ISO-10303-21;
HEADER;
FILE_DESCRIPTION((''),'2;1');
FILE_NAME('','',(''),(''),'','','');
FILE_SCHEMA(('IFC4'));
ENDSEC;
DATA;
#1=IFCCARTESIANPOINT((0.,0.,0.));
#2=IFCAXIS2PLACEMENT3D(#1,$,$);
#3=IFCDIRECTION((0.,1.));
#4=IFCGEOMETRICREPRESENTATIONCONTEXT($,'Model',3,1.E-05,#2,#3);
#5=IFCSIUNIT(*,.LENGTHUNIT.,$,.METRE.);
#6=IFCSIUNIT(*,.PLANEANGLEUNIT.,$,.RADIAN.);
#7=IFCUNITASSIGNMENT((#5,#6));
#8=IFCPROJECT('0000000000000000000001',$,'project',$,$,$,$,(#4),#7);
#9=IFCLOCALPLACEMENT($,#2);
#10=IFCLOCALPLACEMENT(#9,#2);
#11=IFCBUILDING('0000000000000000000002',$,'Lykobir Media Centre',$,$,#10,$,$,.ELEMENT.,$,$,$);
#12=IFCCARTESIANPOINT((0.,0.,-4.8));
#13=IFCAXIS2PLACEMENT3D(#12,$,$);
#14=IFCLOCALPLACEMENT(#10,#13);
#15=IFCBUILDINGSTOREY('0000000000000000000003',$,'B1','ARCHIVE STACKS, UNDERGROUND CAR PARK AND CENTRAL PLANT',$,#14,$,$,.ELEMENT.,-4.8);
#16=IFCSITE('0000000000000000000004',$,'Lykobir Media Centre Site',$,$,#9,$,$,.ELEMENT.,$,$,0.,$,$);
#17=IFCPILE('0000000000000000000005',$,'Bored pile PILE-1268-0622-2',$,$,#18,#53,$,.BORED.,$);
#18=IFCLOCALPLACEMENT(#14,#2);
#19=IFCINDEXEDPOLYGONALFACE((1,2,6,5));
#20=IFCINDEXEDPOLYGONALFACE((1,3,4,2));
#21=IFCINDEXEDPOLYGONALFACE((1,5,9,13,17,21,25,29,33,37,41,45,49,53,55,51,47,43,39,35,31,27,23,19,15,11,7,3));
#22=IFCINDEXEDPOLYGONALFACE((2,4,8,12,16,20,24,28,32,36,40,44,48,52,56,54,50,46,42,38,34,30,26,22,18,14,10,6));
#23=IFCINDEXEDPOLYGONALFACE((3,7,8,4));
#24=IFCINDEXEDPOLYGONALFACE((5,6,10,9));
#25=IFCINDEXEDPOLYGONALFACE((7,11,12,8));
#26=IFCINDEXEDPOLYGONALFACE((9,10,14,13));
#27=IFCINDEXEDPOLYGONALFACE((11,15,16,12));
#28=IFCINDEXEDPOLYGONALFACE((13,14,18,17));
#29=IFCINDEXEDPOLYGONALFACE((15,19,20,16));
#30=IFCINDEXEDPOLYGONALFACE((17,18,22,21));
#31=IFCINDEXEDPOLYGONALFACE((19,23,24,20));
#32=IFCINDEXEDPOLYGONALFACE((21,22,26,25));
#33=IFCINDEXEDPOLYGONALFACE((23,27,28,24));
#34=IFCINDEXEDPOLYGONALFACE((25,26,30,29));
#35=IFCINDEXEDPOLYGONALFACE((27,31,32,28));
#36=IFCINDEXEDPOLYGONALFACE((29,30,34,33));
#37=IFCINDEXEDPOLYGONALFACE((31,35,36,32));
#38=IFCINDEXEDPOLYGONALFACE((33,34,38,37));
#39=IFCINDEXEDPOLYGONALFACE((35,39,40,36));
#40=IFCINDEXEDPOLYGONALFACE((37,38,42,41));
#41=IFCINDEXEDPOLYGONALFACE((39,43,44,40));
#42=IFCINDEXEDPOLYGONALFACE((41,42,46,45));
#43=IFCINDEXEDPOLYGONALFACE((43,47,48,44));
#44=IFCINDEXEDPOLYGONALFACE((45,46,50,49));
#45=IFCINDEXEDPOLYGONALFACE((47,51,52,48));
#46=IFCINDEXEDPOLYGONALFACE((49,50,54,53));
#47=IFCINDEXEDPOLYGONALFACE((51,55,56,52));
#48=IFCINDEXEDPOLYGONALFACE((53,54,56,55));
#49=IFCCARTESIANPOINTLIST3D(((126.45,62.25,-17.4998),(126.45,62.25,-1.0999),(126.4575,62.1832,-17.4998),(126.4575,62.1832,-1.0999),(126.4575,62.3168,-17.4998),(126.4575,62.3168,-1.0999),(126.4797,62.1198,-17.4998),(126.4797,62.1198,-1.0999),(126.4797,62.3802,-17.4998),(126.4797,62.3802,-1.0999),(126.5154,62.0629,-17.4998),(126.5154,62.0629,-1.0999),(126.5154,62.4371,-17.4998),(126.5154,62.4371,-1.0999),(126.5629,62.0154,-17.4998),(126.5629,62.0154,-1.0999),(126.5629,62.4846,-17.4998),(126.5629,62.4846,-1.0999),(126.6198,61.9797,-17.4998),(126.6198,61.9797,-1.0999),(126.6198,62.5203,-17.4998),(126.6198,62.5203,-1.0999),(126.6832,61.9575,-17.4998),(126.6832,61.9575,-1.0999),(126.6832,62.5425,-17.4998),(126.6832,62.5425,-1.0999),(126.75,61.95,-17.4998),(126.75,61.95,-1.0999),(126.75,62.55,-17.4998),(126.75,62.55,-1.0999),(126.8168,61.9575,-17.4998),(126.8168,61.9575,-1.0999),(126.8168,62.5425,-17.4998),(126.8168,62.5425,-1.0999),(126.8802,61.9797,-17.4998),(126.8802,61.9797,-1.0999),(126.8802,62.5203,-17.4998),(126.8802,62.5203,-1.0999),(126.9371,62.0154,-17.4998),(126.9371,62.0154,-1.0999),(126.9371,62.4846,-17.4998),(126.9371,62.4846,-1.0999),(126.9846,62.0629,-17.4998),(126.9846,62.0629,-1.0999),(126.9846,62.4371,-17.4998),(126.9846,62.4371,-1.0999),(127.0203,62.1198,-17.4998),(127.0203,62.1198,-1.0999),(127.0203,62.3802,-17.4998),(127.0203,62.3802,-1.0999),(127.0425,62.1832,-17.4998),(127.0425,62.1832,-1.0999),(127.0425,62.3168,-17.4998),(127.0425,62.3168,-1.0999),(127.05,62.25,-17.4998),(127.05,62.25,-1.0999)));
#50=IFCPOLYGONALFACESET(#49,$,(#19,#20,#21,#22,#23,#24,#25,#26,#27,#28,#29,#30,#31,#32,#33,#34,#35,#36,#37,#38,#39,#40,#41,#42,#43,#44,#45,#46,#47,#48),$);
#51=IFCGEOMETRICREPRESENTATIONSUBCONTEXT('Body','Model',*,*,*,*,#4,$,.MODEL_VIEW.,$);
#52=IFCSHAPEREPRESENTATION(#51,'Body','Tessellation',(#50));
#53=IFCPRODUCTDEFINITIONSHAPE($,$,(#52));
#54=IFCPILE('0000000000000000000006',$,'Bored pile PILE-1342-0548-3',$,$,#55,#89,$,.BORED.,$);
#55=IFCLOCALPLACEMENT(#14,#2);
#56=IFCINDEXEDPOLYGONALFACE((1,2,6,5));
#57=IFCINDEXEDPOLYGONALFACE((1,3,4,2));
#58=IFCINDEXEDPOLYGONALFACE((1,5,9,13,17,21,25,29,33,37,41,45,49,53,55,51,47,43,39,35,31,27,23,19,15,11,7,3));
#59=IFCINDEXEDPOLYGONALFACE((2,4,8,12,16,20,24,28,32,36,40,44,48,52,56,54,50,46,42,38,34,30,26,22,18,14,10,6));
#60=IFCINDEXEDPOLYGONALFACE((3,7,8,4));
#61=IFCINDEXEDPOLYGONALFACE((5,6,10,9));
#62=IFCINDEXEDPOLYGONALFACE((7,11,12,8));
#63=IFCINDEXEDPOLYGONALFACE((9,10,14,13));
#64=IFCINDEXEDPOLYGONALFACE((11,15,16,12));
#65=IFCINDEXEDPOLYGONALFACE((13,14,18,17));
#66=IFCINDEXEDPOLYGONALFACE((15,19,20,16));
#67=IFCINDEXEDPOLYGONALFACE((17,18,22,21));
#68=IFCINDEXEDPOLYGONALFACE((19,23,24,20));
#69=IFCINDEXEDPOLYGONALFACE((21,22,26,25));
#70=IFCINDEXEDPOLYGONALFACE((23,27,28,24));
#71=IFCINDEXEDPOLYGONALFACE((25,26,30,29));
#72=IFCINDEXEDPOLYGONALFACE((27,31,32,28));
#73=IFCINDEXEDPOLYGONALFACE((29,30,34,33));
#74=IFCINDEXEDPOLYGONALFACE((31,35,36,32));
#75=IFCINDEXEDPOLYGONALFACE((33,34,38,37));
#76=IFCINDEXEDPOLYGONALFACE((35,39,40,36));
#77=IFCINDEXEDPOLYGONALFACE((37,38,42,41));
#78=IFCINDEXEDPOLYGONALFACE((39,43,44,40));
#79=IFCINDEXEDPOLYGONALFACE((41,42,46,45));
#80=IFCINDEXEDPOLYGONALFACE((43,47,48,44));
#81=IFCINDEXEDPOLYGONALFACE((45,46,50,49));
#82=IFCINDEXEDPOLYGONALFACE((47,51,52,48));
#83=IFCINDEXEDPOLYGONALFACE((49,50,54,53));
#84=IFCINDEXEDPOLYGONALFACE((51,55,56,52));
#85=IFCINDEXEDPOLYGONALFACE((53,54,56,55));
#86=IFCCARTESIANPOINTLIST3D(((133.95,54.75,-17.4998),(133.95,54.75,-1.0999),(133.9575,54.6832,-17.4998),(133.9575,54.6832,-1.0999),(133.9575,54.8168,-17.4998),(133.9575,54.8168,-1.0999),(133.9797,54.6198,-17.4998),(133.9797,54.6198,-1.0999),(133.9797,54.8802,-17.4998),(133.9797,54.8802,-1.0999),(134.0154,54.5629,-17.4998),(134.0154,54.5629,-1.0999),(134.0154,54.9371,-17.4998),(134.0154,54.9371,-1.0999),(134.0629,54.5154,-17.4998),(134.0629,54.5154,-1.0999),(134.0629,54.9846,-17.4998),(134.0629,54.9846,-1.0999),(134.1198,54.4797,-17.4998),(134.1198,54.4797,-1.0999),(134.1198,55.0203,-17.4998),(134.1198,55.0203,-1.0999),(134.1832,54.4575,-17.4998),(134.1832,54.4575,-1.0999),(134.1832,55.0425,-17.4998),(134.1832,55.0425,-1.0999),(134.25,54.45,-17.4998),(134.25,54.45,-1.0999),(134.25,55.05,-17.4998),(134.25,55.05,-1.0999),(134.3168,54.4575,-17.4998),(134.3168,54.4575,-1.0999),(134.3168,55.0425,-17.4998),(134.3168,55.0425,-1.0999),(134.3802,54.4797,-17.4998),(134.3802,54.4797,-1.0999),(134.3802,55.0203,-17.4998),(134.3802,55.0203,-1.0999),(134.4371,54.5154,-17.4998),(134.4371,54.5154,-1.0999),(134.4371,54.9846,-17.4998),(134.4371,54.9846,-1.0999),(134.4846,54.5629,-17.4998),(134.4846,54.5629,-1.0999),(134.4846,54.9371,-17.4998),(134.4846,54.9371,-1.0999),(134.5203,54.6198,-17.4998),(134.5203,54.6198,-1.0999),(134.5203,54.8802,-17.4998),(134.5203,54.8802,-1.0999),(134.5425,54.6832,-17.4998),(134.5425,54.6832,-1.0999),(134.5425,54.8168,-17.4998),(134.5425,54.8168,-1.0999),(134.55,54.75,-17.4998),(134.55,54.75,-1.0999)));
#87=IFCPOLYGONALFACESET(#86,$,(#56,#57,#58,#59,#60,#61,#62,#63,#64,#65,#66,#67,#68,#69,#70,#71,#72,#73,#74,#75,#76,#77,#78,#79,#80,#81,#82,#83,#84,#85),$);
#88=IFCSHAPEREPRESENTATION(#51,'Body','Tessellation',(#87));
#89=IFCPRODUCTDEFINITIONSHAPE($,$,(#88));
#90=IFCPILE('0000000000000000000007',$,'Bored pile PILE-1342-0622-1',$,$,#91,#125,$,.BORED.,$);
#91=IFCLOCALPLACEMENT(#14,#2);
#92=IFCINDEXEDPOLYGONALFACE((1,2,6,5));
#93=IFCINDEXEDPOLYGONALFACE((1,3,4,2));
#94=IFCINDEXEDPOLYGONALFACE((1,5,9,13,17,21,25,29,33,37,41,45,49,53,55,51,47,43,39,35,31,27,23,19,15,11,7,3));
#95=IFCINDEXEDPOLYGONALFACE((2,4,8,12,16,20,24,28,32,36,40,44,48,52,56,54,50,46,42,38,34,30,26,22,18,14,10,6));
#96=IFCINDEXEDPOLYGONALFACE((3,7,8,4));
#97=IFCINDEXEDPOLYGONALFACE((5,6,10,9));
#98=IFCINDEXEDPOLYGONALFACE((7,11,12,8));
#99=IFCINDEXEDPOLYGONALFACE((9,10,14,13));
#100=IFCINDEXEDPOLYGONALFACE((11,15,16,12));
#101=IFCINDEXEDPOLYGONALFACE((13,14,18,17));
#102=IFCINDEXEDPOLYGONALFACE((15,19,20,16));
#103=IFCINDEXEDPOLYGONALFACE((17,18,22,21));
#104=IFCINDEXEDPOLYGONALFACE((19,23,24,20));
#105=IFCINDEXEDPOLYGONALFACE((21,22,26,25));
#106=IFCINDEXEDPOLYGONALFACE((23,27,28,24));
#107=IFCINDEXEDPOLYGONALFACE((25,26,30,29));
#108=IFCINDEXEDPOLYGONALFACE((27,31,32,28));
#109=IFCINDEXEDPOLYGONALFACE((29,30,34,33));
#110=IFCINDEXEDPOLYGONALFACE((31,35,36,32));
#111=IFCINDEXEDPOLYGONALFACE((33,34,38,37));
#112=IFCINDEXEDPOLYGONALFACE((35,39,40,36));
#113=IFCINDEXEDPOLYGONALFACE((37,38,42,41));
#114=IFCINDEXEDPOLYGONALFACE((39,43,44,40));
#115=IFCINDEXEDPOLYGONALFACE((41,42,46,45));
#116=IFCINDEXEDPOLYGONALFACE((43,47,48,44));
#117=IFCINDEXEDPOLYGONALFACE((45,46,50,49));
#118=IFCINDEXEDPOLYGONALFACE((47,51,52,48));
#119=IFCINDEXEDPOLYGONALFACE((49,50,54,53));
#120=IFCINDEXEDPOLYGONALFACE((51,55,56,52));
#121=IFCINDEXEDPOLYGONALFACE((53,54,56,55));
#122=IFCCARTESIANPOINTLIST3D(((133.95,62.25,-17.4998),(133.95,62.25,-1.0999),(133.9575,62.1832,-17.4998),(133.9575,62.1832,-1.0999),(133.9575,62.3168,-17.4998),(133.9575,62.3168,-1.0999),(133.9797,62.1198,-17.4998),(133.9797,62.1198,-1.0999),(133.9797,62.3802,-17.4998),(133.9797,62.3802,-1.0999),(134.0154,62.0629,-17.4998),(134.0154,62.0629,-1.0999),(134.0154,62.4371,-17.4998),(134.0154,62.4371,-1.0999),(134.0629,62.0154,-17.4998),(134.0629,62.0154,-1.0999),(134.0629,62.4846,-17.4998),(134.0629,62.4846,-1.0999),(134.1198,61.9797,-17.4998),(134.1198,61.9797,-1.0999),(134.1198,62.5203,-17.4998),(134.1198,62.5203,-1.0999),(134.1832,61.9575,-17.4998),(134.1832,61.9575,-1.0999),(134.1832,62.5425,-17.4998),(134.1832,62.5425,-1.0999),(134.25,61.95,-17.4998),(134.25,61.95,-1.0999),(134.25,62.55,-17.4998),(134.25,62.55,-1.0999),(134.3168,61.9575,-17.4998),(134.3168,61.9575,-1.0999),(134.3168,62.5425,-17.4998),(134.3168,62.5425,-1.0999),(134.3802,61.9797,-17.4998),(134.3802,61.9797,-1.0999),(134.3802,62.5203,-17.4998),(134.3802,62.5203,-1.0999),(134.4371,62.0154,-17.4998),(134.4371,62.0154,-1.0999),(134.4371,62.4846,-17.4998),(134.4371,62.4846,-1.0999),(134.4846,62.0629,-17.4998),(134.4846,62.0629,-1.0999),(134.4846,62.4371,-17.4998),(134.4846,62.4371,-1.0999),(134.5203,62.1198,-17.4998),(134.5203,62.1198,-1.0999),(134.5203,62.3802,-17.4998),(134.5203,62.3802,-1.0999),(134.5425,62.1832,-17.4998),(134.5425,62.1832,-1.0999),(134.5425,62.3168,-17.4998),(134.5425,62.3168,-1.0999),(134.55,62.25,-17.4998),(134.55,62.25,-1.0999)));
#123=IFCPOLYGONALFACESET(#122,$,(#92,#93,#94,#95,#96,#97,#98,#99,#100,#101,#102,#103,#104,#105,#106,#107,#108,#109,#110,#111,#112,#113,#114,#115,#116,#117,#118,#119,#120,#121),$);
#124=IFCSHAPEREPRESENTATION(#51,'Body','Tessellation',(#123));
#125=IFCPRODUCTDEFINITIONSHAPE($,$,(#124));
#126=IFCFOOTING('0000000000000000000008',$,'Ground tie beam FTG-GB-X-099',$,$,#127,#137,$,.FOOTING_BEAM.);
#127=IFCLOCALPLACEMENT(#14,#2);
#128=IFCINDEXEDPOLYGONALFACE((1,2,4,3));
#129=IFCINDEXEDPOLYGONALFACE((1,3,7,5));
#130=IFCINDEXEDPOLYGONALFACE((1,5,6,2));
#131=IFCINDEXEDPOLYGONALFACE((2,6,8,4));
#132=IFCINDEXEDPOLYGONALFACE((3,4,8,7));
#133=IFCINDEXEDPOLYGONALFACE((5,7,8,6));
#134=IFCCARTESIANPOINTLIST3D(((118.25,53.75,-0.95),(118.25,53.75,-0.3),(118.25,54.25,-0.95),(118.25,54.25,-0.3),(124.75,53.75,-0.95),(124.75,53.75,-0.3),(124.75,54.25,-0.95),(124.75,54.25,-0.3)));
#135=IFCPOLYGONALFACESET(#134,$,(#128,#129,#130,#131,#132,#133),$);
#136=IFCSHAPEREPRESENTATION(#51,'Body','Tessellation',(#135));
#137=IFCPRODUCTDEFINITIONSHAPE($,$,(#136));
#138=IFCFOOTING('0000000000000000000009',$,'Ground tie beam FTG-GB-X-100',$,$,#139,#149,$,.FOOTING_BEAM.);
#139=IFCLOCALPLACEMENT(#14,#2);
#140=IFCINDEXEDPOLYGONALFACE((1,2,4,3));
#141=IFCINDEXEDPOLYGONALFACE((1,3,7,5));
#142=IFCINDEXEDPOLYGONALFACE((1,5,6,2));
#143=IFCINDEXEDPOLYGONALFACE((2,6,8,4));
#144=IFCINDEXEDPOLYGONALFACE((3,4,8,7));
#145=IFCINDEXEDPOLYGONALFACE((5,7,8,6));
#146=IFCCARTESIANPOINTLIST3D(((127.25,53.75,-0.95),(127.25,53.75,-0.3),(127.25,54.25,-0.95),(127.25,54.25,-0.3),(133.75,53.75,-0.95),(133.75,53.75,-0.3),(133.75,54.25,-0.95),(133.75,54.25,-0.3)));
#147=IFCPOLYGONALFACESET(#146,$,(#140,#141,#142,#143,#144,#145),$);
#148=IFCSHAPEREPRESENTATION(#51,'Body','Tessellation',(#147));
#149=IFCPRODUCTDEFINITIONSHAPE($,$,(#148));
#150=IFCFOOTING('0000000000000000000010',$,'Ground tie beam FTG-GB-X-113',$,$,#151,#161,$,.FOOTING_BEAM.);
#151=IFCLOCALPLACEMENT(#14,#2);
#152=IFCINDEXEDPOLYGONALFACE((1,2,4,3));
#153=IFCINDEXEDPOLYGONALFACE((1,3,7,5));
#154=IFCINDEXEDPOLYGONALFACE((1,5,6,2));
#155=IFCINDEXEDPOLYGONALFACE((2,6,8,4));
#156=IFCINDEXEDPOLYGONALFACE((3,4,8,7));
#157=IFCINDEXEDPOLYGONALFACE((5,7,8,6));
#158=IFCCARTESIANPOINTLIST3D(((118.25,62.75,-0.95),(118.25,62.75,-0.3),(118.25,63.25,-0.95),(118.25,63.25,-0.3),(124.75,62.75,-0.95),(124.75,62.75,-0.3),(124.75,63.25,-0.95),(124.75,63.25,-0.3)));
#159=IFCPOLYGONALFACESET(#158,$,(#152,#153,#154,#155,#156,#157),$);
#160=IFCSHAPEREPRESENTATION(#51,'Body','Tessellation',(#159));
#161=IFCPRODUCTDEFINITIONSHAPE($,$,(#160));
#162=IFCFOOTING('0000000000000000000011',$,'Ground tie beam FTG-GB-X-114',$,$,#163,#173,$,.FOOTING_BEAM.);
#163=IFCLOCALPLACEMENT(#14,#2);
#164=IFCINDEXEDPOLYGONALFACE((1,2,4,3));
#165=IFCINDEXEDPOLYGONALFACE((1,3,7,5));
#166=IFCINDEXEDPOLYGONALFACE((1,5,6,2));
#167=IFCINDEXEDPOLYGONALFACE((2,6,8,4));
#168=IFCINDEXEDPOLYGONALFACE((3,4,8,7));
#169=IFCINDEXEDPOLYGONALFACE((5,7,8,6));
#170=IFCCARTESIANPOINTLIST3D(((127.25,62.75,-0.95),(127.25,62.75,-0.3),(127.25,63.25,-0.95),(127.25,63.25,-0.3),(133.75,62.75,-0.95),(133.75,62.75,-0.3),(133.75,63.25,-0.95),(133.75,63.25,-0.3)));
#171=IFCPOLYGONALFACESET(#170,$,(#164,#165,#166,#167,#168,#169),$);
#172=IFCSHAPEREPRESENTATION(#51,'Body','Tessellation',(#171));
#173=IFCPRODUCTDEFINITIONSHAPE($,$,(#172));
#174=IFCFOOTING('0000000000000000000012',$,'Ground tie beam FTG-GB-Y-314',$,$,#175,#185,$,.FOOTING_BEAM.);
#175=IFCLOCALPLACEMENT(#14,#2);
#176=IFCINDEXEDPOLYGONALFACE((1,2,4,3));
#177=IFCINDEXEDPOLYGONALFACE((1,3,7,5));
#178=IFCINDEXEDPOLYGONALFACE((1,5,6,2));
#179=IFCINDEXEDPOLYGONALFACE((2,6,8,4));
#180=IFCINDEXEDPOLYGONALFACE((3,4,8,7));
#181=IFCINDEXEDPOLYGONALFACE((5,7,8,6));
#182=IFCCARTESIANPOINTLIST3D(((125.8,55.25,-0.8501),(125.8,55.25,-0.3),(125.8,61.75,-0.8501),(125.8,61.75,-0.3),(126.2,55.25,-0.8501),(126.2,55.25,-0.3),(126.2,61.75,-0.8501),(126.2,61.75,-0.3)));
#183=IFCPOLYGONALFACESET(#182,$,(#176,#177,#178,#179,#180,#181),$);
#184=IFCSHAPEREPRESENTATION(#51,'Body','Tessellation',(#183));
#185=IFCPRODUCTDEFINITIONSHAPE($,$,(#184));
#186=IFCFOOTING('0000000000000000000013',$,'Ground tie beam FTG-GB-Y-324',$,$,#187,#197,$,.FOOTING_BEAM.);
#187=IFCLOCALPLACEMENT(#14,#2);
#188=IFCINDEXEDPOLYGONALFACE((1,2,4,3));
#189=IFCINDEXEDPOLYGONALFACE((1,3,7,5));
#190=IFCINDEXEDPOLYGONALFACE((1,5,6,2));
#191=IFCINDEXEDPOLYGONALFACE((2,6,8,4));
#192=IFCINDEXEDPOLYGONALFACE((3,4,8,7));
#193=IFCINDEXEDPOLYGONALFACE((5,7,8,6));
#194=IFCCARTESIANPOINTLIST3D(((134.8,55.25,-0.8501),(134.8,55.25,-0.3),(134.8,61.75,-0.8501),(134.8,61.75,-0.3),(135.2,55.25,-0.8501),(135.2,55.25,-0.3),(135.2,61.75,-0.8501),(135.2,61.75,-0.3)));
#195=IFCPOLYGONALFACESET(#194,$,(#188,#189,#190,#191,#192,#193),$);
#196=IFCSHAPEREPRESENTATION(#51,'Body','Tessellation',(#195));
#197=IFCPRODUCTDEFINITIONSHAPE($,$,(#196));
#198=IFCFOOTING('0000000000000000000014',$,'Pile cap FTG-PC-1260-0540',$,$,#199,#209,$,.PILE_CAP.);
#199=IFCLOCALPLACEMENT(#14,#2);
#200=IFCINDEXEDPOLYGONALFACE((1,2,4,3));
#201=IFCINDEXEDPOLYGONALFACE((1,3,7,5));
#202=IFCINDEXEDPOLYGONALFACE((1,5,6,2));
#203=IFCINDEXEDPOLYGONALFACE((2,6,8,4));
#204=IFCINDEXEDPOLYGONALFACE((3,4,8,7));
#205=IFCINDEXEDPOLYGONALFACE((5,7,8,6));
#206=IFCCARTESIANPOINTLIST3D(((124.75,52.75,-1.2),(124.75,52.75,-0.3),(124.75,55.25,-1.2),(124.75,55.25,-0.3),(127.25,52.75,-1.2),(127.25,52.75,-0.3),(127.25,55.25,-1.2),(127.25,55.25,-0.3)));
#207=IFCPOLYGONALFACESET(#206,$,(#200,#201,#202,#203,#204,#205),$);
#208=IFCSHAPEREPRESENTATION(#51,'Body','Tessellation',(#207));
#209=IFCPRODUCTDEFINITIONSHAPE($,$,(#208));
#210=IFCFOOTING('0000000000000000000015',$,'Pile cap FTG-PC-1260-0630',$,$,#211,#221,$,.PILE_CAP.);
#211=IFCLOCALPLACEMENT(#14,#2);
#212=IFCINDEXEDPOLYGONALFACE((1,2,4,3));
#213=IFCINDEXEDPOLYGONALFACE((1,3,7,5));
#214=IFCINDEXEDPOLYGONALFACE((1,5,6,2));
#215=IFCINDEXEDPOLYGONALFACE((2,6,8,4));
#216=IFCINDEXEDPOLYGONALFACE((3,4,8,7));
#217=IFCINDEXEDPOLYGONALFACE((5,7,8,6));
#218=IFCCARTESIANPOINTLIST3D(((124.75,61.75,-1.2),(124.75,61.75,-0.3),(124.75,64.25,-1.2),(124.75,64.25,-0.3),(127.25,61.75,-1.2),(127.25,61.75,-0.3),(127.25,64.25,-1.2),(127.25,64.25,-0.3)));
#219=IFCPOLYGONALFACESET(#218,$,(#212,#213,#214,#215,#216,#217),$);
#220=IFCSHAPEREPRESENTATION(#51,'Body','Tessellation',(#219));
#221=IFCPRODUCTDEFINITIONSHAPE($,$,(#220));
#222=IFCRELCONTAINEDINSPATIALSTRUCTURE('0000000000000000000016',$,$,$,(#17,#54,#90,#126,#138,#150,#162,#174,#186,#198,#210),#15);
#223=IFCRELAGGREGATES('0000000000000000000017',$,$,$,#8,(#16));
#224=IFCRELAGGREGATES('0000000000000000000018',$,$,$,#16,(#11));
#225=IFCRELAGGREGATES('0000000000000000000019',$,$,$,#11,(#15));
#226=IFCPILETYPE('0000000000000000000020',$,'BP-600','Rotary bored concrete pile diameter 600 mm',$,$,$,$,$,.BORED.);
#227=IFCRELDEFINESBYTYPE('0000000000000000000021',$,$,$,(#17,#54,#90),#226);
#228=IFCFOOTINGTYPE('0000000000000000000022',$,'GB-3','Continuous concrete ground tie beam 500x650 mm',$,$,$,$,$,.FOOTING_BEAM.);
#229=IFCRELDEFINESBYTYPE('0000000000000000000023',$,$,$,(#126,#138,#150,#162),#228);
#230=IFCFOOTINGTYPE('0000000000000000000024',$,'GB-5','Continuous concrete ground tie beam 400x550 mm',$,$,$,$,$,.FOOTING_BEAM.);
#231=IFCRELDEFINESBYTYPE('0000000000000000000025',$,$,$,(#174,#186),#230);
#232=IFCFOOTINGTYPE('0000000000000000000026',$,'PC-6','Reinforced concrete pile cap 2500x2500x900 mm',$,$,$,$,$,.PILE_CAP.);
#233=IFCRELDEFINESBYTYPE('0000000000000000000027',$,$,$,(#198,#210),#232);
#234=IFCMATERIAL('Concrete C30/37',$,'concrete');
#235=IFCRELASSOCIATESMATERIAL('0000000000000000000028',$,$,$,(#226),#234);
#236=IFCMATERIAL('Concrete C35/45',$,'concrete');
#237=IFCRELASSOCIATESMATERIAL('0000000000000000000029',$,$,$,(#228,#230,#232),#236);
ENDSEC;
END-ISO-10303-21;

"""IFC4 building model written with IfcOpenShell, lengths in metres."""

from ifc_helpers import new_model, si_unit, direction, frame, origin, origin_2d, place, context, subcontext, project, spatial, rectangle, circle, extrude, material, material_profile, profile_set, type_object, element, save


model = new_model("IFC4")

# Units and contexts
model_context = context("Model", 3, precision=1e-05, world=origin(), true_north=direction((0.0, 1.0)))
body_context = subcontext(model_context, "Body", "Model", "MODEL_VIEW")
ifc_project = project(units=[si_unit("LENGTHUNIT", "METRE"), si_unit("PLANEANGLEUNIT", "RADIAN")], contexts=[model_context])

# Site, building, storey
site_placement = place(None, origin())
site = spatial("IfcSite", under=ifc_project, at=site_placement, Name="Lykobir Media Centre Site", CompositionType="ELEMENT", RefElevation=0.0)
building_placement = place(site_placement, origin())
building = spatial("IfcBuilding", under=site, at=building_placement, Name="Lykobir Media Centre", CompositionType="ELEMENT")
storey_placement = place(building_placement, frame((0.0, 0.0, -4.8)))
storey = spatial("IfcBuildingStorey", under=building, at=storey_placement, Name="B1", Description="ARCHIVE STACKS, UNDERGROUND CAR PARK AND CENTRAL PLANT", CompositionType="ELEMENT", Elevation=-4.8)

# Piles
ifc_material_1 = material(Name="Concrete C30/37", Category="concrete")
ifc_material_profile_1 = material_profile(ifc_material_1, circle(Radius=0.3, at=origin_2d()), Name="BORED PILE D600")
ifc_profile_set_1 = profile_set([ifc_material_profile_1], Name="Concrete C30/37")
pile_type = type_object("IfcPileType", Name="BP-600", Description="Rotary bored concrete pile diameter 600 mm", PredefinedType="BORED", material=ifc_profile_set_1)
for number, where, z_axis, x_axis, name in (
    (1, (126.75, 62.25, -1.0999), (0.0, 0.0, -1.0), (1.0, 0.0, 0.0), "Bored pile PILE-1268-0622-2"),
    (2, (134.25, 54.75, -1.0999), (0.0, 0.0, -1.0), (1.0, 0.0, 0.0), "Bored pile PILE-1342-0548-3"),
    (3, (134.25, 62.25, -1.0999), (0.0, 0.0, -1.0), (1.0, 0.0, 0.0), "Bored pile PILE-1342-0622-1"),
):
    element("IfcPile", number, at=place(storey_placement, frame(where, z_axis=z_axis, x_axis=x_axis)), inside=storey, type_object=pile_type, Name=name, PredefinedType="BORED", context=body_context, shape_type="SweptSolid", body=[
        extrude(circle(Radius=0.3, at=origin_2d()), origin(), (0.0, 0.0, 1.0), 16.3999),
    ])

# Footings
ifc_material_2 = material(Name="Concrete C35/45", Category="concrete")
footing_type_1 = type_object("IfcFootingType", Name="GB-3", Description="Continuous concrete ground tie beam 500x650 mm", PredefinedType="FOOTING_BEAM", material=ifc_material_2)
for number, where, z_axis, x_axis, name in (
    (4, (121.5, 54.0, -0.95), (0.0, 0.0, 1.0), (1.0, 0.0, 0.0), "Ground tie beam FTG-GB-X-099"),
    (5, (130.5, 54.0, -0.95), (0.0, 0.0, 1.0), (1.0, 0.0, 0.0), "Ground tie beam FTG-GB-X-100"),
    (6, (121.5, 63.0, -0.95), (0.0, 0.0, 1.0), (1.0, 0.0, 0.0), "Ground tie beam FTG-GB-X-113"),
    (7, (130.5, 63.0, -0.95), (0.0, 0.0, 1.0), (1.0, 0.0, 0.0), "Ground tie beam FTG-GB-X-114"),
):
    element("IfcFooting", number, at=place(storey_placement, frame(where, z_axis=z_axis, x_axis=x_axis)), inside=storey, type_object=footing_type_1, Name=name, PredefinedType="FOOTING_BEAM", context=body_context, shape_type="SweptSolid", body=[
        extrude(rectangle(XDim=6.5, YDim=0.5, at=origin_2d()), origin(), (0.0, 0.0, 1.0), 0.6499),
    ])
footing_type_2 = type_object("IfcFootingType", Name="GB-5", Description="Continuous concrete ground tie beam 400x550 mm", PredefinedType="FOOTING_BEAM", material=ifc_material_2)
for number, where, z_axis, x_axis, name in (
    (8, (126.0, 58.5, -0.8501), (0.0, 0.0, 1.0), (0.0, 1.0, 0.0), "Ground tie beam FTG-GB-Y-314"),
    (9, (135.0, 58.5, -0.8501), (0.0, 0.0, 1.0), (0.0, 1.0, 0.0), "Ground tie beam FTG-GB-Y-324"),
):
    element("IfcFooting", number, at=place(storey_placement, frame(where, z_axis=z_axis, x_axis=x_axis)), inside=storey, type_object=footing_type_2, Name=name, PredefinedType="FOOTING_BEAM", context=body_context, shape_type="SweptSolid", body=[
        extrude(rectangle(XDim=6.5, YDim=0.3999, at=origin_2d()), origin(), (0.0, 0.0, 1.0), 0.55),
    ])
footing_type_3 = type_object("IfcFootingType", Name="PC-6", Description="Reinforced concrete pile cap 2500x2500x900 mm", PredefinedType="PILE_CAP", material=ifc_material_2)
for number, where, z_axis, x_axis, name in (
    (10, (126.0, 54.0, -1.2), (0.0, 0.0, 1.0), (1.0, 0.0, 0.0), "Pile cap FTG-PC-1260-0540"),
    (11, (126.0, 63.0, -1.2), (0.0, 0.0, 1.0), (1.0, 0.0, 0.0), "Pile cap FTG-PC-1260-0630"),
):
    element("IfcFooting", number, at=place(storey_placement, frame(where, z_axis=z_axis, x_axis=x_axis)), inside=storey, type_object=footing_type_3, Name=name, PredefinedType="PILE_CAP", context=body_context, shape_type="SweptSolid", body=[
        extrude(rectangle(XDim=2.5, YDim=2.5, at=origin_2d()), origin(), (0.0, 0.0, 1.0), 0.8999),
    ])

save(model, "model.ifc")
